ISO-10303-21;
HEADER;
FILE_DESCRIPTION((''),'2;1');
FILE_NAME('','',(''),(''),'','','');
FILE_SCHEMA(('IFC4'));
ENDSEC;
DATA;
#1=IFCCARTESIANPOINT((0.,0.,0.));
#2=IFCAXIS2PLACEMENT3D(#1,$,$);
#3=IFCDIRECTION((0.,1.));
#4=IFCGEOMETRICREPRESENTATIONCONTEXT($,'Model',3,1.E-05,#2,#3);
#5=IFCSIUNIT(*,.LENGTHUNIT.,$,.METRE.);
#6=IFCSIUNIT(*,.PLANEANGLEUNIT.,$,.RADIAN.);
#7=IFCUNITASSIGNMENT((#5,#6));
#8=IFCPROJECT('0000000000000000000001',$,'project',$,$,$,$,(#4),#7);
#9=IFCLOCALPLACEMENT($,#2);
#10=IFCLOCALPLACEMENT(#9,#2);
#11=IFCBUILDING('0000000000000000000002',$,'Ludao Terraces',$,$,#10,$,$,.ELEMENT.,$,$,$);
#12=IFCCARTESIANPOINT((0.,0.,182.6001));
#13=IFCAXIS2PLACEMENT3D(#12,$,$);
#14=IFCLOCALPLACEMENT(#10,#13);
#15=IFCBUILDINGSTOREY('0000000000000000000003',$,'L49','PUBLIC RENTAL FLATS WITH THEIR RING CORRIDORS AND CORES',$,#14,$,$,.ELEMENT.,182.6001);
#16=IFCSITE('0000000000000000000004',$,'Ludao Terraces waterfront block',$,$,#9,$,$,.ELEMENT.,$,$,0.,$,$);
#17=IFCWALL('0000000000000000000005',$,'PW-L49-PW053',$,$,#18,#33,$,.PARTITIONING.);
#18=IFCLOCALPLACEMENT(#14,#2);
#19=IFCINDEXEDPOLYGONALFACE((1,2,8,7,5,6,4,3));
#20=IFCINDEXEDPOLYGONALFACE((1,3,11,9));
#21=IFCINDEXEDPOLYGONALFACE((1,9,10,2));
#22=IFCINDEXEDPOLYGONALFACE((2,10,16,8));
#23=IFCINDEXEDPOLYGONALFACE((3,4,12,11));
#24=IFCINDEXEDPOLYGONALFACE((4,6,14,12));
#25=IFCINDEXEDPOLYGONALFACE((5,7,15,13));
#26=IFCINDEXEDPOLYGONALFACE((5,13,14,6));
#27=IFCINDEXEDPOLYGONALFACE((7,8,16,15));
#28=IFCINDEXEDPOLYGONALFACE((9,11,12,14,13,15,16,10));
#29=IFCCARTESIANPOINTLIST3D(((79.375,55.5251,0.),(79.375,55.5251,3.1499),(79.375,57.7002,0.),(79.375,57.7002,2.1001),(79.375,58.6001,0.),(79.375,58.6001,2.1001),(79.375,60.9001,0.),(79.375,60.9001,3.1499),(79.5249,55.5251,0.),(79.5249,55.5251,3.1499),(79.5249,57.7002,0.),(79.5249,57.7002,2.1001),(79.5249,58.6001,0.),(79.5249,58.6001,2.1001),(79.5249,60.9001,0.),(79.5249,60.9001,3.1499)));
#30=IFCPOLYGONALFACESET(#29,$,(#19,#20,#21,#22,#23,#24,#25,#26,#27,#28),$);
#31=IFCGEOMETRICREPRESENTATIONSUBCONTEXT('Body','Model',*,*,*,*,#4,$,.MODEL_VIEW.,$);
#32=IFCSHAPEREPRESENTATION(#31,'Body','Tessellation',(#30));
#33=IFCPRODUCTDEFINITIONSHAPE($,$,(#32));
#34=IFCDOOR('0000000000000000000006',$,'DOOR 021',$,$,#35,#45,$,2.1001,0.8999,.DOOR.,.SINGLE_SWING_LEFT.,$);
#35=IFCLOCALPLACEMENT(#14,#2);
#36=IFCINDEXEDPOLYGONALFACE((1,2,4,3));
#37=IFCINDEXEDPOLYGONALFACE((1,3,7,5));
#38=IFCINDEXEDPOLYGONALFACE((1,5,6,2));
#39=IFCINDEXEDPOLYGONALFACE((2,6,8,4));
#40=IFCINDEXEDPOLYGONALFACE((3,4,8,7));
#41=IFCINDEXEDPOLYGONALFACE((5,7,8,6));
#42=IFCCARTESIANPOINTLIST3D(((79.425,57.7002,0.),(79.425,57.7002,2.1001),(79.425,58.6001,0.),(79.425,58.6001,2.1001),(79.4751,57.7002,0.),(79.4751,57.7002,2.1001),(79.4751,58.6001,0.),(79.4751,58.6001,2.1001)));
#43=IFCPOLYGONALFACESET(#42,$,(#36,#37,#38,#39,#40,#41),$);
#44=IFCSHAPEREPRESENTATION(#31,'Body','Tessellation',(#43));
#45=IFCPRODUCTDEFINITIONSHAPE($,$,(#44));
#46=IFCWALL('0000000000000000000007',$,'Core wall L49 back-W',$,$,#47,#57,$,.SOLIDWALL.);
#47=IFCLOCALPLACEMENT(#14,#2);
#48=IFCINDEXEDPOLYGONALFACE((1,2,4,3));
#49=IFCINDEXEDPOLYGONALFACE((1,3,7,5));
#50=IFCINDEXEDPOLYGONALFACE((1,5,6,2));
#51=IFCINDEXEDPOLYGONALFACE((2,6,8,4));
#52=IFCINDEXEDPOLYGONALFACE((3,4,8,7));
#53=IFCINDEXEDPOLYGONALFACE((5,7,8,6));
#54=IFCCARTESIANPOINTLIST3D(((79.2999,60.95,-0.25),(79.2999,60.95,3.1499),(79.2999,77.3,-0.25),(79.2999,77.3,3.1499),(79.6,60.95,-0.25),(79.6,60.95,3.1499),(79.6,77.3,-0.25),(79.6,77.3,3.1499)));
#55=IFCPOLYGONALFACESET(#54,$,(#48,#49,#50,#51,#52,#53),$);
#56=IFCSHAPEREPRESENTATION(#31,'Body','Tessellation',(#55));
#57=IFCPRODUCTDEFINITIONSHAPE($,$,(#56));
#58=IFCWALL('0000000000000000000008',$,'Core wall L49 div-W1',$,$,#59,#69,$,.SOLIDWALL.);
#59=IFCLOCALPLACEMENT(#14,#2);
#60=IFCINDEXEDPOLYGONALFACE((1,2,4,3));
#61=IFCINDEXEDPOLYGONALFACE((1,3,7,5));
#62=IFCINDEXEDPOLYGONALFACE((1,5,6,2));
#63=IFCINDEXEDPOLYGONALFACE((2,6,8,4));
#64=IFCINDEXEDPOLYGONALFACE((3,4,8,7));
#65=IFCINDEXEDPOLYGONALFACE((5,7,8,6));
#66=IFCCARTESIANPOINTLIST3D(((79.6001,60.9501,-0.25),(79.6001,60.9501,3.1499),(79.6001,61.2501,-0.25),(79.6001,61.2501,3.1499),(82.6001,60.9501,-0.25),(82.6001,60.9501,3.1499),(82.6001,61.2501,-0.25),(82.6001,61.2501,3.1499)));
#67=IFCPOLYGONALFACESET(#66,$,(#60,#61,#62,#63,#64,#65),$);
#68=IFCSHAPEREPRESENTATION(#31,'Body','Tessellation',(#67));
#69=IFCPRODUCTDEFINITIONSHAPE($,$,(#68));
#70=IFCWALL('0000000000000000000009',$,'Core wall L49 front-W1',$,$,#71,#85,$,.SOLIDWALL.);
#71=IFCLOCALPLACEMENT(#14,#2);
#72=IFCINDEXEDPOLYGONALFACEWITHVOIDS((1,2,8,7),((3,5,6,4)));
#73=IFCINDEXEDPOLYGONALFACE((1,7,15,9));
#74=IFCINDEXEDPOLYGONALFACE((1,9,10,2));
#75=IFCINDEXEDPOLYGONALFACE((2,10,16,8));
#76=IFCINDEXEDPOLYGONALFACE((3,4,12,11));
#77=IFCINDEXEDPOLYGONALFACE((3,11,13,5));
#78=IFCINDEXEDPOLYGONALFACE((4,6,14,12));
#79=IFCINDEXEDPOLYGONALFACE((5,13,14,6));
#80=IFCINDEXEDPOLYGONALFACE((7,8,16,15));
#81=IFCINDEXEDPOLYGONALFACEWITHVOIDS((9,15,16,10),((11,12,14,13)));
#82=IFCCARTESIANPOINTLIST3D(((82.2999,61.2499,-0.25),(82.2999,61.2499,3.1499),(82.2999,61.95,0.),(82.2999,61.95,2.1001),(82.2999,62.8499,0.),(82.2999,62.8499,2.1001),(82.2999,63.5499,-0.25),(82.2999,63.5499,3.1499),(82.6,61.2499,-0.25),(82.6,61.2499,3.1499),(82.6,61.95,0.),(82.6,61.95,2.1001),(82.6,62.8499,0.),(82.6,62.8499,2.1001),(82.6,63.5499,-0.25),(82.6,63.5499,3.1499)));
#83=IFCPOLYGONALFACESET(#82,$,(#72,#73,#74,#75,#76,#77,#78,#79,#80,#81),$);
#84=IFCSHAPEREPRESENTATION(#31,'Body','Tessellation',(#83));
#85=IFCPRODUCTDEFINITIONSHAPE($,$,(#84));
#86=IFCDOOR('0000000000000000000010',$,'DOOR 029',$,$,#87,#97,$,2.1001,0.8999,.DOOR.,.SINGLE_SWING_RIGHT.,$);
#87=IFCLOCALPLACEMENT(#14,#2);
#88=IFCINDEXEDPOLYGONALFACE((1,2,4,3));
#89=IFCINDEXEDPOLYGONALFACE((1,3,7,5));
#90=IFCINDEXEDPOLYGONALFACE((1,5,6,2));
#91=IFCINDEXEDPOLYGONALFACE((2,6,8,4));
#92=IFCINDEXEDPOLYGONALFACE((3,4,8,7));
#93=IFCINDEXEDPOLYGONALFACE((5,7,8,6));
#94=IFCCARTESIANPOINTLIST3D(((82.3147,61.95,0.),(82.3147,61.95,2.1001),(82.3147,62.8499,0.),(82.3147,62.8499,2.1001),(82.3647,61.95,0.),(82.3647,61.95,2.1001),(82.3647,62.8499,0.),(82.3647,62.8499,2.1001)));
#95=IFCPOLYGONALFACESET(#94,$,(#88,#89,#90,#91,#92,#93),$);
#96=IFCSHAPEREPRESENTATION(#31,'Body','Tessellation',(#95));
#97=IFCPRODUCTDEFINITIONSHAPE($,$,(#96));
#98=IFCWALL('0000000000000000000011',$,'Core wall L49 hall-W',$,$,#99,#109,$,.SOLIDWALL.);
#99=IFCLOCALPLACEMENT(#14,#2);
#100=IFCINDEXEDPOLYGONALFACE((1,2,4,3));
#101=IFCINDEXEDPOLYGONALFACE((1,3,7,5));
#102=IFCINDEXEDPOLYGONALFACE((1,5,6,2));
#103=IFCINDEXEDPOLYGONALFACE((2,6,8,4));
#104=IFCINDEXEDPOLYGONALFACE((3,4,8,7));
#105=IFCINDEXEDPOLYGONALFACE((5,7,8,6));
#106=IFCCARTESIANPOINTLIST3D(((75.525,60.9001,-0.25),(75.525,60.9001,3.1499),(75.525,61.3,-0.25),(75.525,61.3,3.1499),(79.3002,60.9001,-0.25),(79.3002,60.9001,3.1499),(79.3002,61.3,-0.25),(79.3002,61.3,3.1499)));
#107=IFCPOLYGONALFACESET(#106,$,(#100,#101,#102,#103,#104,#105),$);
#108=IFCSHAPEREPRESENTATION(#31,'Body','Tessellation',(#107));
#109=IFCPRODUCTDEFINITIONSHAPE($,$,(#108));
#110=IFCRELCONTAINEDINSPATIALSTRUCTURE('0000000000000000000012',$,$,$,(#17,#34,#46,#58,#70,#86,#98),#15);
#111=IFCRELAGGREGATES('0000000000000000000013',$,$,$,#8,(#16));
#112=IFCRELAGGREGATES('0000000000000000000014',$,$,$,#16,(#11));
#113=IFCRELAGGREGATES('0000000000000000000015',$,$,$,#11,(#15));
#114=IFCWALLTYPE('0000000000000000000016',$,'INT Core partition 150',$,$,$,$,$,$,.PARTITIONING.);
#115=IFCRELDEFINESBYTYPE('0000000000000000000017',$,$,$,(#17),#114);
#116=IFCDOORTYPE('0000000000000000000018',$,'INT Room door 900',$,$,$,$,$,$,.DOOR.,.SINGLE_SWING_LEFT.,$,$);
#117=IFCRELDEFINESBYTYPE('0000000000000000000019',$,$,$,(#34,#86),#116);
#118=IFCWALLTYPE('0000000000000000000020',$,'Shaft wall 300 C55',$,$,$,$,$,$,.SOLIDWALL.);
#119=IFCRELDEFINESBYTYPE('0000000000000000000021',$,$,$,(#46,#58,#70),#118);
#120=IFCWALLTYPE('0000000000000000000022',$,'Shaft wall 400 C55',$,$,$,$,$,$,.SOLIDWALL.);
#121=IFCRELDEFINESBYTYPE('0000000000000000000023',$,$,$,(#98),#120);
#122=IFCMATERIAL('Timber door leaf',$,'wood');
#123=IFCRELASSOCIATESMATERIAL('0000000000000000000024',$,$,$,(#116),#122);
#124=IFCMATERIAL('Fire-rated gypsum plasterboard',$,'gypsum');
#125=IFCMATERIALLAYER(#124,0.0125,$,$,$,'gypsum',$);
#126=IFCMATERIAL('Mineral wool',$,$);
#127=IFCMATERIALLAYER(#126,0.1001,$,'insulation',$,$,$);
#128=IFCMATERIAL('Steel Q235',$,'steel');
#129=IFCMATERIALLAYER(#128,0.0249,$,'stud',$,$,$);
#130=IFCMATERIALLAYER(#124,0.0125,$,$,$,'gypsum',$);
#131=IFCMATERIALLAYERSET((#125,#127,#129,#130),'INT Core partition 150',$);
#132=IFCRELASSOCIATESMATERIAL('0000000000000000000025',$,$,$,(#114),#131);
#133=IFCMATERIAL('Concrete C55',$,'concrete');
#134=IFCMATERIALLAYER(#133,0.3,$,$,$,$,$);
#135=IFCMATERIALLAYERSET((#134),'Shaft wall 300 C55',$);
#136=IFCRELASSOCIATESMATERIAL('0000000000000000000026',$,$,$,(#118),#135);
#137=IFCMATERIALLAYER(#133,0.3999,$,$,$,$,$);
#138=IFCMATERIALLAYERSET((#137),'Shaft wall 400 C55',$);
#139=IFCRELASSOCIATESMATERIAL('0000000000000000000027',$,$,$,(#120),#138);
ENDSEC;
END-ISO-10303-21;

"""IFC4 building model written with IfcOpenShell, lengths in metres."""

from ifc_helpers import new_model, si_unit, direction, frame, frame_2d, origin, place, context, subcontext, project, spatial, rectangle, extrude, material, layer, layer_set, type_object, element, fill, save


model = new_model("IFC4")

# Units and contexts
model_context = context("Model", 3, precision=1e-05, world=origin(), true_north=direction((0.0, 1.0)))
body_context = subcontext(model_context, "Body", "Model", "MODEL_VIEW")
ifc_project = project(units=[si_unit("LENGTHUNIT", "METRE"), si_unit("PLANEANGLEUNIT", "RADIAN")], contexts=[model_context])

# Site, building, storey
site_placement = place(None, origin())
site = spatial("IfcSite", under=ifc_project, at=site_placement, Name="Ludao Terraces waterfront block", CompositionType="ELEMENT", RefElevation=0.0)
building_placement = place(site_placement, origin())
building = spatial("IfcBuilding", under=site, at=building_placement, Name="Ludao Terraces", CompositionType="ELEMENT")
storey_placement = place(building_placement, frame((0.0, 0.0, 182.6001)))
storey = spatial("IfcBuildingStorey", under=building, at=storey_placement, Name="L49", Description="PUBLIC RENTAL FLATS WITH THEIR RING CORRIDORS AND CORES", CompositionType="ELEMENT", Elevation=182.6001)

# Shared definitions
ifc_material_1 = material(Name="Steel Q235", Category="steel")
ifc_material_2 = material(Name="Timber door leaf", Category="wood")
door_type_1 = type_object("IfcDoorType", Name="INT Room door 900", OperationType="SINGLE_SWING_LEFT", PredefinedType="DOOR", material=ifc_material_2)

# Wall, opening, door
ifc_material_3 = material(Name="Fire-rated gypsum plasterboard", Category="gypsum")
ifc_layer_1 = layer(ifc_material_3, 0.0125, Category="gypsum")
ifc_material_4 = material(Name="Mineral wool")
ifc_layer_2 = layer(ifc_material_4, 0.1001, Name="insulation")
ifc_layer_3 = layer(ifc_material_1, 0.0249, Name="stud")
ifc_layer_4 = layer(ifc_material_3, 0.0125, Category="gypsum")
ifc_layer_set_1 = layer_set([ifc_layer_1, ifc_layer_2, ifc_layer_3, ifc_layer_4], Name="INT Core partition 150")
wall_type_1 = type_object("IfcWallType", Name="INT Core partition 150", PredefinedType="PARTITIONING", material=ifc_layer_set_1)
wall_1_placement = place(storey_placement, frame((79.45, 55.5251, 0.0), z_axis=(0.0, 0.0, 1.0), x_axis=(0.0, 1.0, 0.0)))
wall_1 = element("IfcWall", 1, at=wall_1_placement, inside=storey, type_object=wall_type_1, Name="PW-L49-PW053", PredefinedType="PARTITIONING", context=body_context, shape_type="SweptSolid", body=[
    extrude(rectangle(XDim=5.375, YDim=0.1499, at=frame_2d((2.6875, 0.0))), origin(), (0.0, 0.0, 1.0), 3.1499),
])
opening_1_placement = place(wall_1_placement, frame((2.175, 0.0, 0.0)))
opening_1 = element("IfcOpeningElement", 2, at=opening_1_placement, cuts=wall_1, PredefinedType="OPENING", context=body_context, shape_type="SweptSolid", body=[
    extrude(rectangle(XDim=0.8999, YDim=2.1001, at=frame_2d((0.45, 1.05))), frame((0.0, 0.085, 0.0), z_axis=(0.0, -1.0, 0.0), x_axis=(1.0, 0.0, 0.0)), (0.0, 0.0, 1.0), 0.1699),
])
door_1_placement = place(opening_1_placement, origin())
door_1 = element("IfcDoor", 3, at=door_1_placement, inside=storey, type_object=door_type_1, Name="DOOR 021", OperationType="SINGLE_SWING_LEFT", OverallHeight=2.1001, OverallWidth=0.8999, PredefinedType="DOOR", context=body_context, shape_type="SweptSolid", body=[
    extrude(rectangle(XDim=0.8999, YDim=2.1001, at=frame_2d((0.45, 1.05))), frame((0.0, 0.0249, 0.0), z_axis=(0.0, -1.0, 0.0), x_axis=(1.0, 0.0, 0.0)), (0.0, 0.0, 1.0), 0.05),
])
fill(opening_1, door_1)

# Walls
ifc_material_5 = material(Name="Concrete C55", Category="concrete")
ifc_layer_5 = layer(ifc_material_5, 0.3)
ifc_layer_set_2 = layer_set([ifc_layer_5], Name="Shaft wall 300 C55")
wall_type_2 = type_object("IfcWallType", Name="Shaft wall 300 C55", PredefinedType="SOLIDWALL", material=ifc_layer_set_2)
wall_2_placement = place(storey_placement, frame((79.45, 60.95, -0.25), z_axis=(0.0, 0.0, 1.0), x_axis=(0.0, 1.0, 0.0)))
element("IfcWall", 4, at=wall_2_placement, inside=storey, type_object=wall_type_2, Name="Core wall L49 back-W", PredefinedType="SOLIDWALL", context=body_context, shape_type="SweptSolid", body=[
    extrude(rectangle(XDim=16.3501, YDim=0.3, at=frame_2d((8.175, 0.0))), origin(), (0.0, 0.0, 1.0), 3.3999),
])
wall_3_placement = place(storey_placement, frame((79.6001, 61.1001, -0.25), z_axis=(0.0, 0.0, 1.0), x_axis=(1.0, 0.0, 0.0)))
element("IfcWall", 5, at=wall_3_placement, inside=storey, type_object=wall_type_2, Name="Core wall L49 div-W1", PredefinedType="SOLIDWALL", context=body_context, shape_type="SweptSolid", body=[
    extrude(rectangle(XDim=3.0, YDim=0.3, at=frame_2d((1.5, 0.0))), origin(), (0.0, 0.0, 1.0), 3.3999),
])

# Wall, opening, door
wall_4_placement = place(storey_placement, frame((82.45, 61.25, -0.25), z_axis=(0.0, 0.0, 1.0), x_axis=(0.0, 1.0, 0.0)))
wall_4 = element("IfcWall", 6, at=wall_4_placement, inside=storey, type_object=wall_type_2, Name="Core wall L49 front-W1", PredefinedType="SOLIDWALL", context=body_context, shape_type="SweptSolid", body=[
    extrude(rectangle(XDim=2.3, YDim=0.3, at=frame_2d((1.1499, 0.0))), origin(), (0.0, 0.0, 1.0), 3.3999),
])
opening_2_placement = place(wall_4_placement, frame((0.7, 0.0, 0.25)))
opening_2 = element("IfcOpeningElement", 7, at=opening_2_placement, cuts=wall_4, PredefinedType="OPENING", context=body_context, shape_type="SweptSolid", body=[
    extrude(rectangle(XDim=0.8999, YDim=2.1001, at=frame_2d((0.45, 1.05))), frame((0.0, 0.1602, 0.0), z_axis=(0.0, -1.0, 0.0), x_axis=(1.0, 0.0, 0.0)), (0.0, 0.0, 1.0), 0.3201),
])
door_2_placement = place(opening_2_placement, origin())
door_2 = element("IfcDoor", 8, at=door_2_placement, inside=storey, type_object=door_type_1, Name="DOOR 029", OperationType="SINGLE_SWING_RIGHT", OverallHeight=2.1001, OverallWidth=0.8999, PredefinedType="DOOR", context=body_context, shape_type="SweptSolid", body=[
    extrude(rectangle(XDim=0.8999, YDim=2.1001, at=frame_2d((0.45, 1.05))), frame((0.0, 0.1353, 0.0), z_axis=(0.0, -1.0, 0.0), x_axis=(1.0, 0.0, 0.0)), (0.0, 0.0, 1.0), 0.05),
])
fill(opening_2, door_2)

# Wall
ifc_layer_6 = layer(ifc_material_5, 0.3999)
ifc_layer_set_3 = layer_set([ifc_layer_6], Name="Shaft wall 400 C55")
wall_type_3 = type_object("IfcWallType", Name="Shaft wall 400 C55", PredefinedType="SOLIDWALL", material=ifc_layer_set_3)
wall_5_placement = place(storey_placement, frame((75.5249, 61.1001, -0.25), z_axis=(0.0, 0.0, 1.0), x_axis=(1.0, 0.0, 0.0)))
element("IfcWall", 9, at=wall_5_placement, inside=storey, type_object=wall_type_3, Name="Core wall L49 hall-W", PredefinedType="SOLIDWALL", context=body_context, shape_type="SweptSolid", body=[
    extrude(rectangle(XDim=3.7751, YDim=0.3999, at=frame_2d((1.8877, 0.0))), origin(), (0.0, 0.0, 1.0), 3.3999),
])

save(model, "model.ifc")
